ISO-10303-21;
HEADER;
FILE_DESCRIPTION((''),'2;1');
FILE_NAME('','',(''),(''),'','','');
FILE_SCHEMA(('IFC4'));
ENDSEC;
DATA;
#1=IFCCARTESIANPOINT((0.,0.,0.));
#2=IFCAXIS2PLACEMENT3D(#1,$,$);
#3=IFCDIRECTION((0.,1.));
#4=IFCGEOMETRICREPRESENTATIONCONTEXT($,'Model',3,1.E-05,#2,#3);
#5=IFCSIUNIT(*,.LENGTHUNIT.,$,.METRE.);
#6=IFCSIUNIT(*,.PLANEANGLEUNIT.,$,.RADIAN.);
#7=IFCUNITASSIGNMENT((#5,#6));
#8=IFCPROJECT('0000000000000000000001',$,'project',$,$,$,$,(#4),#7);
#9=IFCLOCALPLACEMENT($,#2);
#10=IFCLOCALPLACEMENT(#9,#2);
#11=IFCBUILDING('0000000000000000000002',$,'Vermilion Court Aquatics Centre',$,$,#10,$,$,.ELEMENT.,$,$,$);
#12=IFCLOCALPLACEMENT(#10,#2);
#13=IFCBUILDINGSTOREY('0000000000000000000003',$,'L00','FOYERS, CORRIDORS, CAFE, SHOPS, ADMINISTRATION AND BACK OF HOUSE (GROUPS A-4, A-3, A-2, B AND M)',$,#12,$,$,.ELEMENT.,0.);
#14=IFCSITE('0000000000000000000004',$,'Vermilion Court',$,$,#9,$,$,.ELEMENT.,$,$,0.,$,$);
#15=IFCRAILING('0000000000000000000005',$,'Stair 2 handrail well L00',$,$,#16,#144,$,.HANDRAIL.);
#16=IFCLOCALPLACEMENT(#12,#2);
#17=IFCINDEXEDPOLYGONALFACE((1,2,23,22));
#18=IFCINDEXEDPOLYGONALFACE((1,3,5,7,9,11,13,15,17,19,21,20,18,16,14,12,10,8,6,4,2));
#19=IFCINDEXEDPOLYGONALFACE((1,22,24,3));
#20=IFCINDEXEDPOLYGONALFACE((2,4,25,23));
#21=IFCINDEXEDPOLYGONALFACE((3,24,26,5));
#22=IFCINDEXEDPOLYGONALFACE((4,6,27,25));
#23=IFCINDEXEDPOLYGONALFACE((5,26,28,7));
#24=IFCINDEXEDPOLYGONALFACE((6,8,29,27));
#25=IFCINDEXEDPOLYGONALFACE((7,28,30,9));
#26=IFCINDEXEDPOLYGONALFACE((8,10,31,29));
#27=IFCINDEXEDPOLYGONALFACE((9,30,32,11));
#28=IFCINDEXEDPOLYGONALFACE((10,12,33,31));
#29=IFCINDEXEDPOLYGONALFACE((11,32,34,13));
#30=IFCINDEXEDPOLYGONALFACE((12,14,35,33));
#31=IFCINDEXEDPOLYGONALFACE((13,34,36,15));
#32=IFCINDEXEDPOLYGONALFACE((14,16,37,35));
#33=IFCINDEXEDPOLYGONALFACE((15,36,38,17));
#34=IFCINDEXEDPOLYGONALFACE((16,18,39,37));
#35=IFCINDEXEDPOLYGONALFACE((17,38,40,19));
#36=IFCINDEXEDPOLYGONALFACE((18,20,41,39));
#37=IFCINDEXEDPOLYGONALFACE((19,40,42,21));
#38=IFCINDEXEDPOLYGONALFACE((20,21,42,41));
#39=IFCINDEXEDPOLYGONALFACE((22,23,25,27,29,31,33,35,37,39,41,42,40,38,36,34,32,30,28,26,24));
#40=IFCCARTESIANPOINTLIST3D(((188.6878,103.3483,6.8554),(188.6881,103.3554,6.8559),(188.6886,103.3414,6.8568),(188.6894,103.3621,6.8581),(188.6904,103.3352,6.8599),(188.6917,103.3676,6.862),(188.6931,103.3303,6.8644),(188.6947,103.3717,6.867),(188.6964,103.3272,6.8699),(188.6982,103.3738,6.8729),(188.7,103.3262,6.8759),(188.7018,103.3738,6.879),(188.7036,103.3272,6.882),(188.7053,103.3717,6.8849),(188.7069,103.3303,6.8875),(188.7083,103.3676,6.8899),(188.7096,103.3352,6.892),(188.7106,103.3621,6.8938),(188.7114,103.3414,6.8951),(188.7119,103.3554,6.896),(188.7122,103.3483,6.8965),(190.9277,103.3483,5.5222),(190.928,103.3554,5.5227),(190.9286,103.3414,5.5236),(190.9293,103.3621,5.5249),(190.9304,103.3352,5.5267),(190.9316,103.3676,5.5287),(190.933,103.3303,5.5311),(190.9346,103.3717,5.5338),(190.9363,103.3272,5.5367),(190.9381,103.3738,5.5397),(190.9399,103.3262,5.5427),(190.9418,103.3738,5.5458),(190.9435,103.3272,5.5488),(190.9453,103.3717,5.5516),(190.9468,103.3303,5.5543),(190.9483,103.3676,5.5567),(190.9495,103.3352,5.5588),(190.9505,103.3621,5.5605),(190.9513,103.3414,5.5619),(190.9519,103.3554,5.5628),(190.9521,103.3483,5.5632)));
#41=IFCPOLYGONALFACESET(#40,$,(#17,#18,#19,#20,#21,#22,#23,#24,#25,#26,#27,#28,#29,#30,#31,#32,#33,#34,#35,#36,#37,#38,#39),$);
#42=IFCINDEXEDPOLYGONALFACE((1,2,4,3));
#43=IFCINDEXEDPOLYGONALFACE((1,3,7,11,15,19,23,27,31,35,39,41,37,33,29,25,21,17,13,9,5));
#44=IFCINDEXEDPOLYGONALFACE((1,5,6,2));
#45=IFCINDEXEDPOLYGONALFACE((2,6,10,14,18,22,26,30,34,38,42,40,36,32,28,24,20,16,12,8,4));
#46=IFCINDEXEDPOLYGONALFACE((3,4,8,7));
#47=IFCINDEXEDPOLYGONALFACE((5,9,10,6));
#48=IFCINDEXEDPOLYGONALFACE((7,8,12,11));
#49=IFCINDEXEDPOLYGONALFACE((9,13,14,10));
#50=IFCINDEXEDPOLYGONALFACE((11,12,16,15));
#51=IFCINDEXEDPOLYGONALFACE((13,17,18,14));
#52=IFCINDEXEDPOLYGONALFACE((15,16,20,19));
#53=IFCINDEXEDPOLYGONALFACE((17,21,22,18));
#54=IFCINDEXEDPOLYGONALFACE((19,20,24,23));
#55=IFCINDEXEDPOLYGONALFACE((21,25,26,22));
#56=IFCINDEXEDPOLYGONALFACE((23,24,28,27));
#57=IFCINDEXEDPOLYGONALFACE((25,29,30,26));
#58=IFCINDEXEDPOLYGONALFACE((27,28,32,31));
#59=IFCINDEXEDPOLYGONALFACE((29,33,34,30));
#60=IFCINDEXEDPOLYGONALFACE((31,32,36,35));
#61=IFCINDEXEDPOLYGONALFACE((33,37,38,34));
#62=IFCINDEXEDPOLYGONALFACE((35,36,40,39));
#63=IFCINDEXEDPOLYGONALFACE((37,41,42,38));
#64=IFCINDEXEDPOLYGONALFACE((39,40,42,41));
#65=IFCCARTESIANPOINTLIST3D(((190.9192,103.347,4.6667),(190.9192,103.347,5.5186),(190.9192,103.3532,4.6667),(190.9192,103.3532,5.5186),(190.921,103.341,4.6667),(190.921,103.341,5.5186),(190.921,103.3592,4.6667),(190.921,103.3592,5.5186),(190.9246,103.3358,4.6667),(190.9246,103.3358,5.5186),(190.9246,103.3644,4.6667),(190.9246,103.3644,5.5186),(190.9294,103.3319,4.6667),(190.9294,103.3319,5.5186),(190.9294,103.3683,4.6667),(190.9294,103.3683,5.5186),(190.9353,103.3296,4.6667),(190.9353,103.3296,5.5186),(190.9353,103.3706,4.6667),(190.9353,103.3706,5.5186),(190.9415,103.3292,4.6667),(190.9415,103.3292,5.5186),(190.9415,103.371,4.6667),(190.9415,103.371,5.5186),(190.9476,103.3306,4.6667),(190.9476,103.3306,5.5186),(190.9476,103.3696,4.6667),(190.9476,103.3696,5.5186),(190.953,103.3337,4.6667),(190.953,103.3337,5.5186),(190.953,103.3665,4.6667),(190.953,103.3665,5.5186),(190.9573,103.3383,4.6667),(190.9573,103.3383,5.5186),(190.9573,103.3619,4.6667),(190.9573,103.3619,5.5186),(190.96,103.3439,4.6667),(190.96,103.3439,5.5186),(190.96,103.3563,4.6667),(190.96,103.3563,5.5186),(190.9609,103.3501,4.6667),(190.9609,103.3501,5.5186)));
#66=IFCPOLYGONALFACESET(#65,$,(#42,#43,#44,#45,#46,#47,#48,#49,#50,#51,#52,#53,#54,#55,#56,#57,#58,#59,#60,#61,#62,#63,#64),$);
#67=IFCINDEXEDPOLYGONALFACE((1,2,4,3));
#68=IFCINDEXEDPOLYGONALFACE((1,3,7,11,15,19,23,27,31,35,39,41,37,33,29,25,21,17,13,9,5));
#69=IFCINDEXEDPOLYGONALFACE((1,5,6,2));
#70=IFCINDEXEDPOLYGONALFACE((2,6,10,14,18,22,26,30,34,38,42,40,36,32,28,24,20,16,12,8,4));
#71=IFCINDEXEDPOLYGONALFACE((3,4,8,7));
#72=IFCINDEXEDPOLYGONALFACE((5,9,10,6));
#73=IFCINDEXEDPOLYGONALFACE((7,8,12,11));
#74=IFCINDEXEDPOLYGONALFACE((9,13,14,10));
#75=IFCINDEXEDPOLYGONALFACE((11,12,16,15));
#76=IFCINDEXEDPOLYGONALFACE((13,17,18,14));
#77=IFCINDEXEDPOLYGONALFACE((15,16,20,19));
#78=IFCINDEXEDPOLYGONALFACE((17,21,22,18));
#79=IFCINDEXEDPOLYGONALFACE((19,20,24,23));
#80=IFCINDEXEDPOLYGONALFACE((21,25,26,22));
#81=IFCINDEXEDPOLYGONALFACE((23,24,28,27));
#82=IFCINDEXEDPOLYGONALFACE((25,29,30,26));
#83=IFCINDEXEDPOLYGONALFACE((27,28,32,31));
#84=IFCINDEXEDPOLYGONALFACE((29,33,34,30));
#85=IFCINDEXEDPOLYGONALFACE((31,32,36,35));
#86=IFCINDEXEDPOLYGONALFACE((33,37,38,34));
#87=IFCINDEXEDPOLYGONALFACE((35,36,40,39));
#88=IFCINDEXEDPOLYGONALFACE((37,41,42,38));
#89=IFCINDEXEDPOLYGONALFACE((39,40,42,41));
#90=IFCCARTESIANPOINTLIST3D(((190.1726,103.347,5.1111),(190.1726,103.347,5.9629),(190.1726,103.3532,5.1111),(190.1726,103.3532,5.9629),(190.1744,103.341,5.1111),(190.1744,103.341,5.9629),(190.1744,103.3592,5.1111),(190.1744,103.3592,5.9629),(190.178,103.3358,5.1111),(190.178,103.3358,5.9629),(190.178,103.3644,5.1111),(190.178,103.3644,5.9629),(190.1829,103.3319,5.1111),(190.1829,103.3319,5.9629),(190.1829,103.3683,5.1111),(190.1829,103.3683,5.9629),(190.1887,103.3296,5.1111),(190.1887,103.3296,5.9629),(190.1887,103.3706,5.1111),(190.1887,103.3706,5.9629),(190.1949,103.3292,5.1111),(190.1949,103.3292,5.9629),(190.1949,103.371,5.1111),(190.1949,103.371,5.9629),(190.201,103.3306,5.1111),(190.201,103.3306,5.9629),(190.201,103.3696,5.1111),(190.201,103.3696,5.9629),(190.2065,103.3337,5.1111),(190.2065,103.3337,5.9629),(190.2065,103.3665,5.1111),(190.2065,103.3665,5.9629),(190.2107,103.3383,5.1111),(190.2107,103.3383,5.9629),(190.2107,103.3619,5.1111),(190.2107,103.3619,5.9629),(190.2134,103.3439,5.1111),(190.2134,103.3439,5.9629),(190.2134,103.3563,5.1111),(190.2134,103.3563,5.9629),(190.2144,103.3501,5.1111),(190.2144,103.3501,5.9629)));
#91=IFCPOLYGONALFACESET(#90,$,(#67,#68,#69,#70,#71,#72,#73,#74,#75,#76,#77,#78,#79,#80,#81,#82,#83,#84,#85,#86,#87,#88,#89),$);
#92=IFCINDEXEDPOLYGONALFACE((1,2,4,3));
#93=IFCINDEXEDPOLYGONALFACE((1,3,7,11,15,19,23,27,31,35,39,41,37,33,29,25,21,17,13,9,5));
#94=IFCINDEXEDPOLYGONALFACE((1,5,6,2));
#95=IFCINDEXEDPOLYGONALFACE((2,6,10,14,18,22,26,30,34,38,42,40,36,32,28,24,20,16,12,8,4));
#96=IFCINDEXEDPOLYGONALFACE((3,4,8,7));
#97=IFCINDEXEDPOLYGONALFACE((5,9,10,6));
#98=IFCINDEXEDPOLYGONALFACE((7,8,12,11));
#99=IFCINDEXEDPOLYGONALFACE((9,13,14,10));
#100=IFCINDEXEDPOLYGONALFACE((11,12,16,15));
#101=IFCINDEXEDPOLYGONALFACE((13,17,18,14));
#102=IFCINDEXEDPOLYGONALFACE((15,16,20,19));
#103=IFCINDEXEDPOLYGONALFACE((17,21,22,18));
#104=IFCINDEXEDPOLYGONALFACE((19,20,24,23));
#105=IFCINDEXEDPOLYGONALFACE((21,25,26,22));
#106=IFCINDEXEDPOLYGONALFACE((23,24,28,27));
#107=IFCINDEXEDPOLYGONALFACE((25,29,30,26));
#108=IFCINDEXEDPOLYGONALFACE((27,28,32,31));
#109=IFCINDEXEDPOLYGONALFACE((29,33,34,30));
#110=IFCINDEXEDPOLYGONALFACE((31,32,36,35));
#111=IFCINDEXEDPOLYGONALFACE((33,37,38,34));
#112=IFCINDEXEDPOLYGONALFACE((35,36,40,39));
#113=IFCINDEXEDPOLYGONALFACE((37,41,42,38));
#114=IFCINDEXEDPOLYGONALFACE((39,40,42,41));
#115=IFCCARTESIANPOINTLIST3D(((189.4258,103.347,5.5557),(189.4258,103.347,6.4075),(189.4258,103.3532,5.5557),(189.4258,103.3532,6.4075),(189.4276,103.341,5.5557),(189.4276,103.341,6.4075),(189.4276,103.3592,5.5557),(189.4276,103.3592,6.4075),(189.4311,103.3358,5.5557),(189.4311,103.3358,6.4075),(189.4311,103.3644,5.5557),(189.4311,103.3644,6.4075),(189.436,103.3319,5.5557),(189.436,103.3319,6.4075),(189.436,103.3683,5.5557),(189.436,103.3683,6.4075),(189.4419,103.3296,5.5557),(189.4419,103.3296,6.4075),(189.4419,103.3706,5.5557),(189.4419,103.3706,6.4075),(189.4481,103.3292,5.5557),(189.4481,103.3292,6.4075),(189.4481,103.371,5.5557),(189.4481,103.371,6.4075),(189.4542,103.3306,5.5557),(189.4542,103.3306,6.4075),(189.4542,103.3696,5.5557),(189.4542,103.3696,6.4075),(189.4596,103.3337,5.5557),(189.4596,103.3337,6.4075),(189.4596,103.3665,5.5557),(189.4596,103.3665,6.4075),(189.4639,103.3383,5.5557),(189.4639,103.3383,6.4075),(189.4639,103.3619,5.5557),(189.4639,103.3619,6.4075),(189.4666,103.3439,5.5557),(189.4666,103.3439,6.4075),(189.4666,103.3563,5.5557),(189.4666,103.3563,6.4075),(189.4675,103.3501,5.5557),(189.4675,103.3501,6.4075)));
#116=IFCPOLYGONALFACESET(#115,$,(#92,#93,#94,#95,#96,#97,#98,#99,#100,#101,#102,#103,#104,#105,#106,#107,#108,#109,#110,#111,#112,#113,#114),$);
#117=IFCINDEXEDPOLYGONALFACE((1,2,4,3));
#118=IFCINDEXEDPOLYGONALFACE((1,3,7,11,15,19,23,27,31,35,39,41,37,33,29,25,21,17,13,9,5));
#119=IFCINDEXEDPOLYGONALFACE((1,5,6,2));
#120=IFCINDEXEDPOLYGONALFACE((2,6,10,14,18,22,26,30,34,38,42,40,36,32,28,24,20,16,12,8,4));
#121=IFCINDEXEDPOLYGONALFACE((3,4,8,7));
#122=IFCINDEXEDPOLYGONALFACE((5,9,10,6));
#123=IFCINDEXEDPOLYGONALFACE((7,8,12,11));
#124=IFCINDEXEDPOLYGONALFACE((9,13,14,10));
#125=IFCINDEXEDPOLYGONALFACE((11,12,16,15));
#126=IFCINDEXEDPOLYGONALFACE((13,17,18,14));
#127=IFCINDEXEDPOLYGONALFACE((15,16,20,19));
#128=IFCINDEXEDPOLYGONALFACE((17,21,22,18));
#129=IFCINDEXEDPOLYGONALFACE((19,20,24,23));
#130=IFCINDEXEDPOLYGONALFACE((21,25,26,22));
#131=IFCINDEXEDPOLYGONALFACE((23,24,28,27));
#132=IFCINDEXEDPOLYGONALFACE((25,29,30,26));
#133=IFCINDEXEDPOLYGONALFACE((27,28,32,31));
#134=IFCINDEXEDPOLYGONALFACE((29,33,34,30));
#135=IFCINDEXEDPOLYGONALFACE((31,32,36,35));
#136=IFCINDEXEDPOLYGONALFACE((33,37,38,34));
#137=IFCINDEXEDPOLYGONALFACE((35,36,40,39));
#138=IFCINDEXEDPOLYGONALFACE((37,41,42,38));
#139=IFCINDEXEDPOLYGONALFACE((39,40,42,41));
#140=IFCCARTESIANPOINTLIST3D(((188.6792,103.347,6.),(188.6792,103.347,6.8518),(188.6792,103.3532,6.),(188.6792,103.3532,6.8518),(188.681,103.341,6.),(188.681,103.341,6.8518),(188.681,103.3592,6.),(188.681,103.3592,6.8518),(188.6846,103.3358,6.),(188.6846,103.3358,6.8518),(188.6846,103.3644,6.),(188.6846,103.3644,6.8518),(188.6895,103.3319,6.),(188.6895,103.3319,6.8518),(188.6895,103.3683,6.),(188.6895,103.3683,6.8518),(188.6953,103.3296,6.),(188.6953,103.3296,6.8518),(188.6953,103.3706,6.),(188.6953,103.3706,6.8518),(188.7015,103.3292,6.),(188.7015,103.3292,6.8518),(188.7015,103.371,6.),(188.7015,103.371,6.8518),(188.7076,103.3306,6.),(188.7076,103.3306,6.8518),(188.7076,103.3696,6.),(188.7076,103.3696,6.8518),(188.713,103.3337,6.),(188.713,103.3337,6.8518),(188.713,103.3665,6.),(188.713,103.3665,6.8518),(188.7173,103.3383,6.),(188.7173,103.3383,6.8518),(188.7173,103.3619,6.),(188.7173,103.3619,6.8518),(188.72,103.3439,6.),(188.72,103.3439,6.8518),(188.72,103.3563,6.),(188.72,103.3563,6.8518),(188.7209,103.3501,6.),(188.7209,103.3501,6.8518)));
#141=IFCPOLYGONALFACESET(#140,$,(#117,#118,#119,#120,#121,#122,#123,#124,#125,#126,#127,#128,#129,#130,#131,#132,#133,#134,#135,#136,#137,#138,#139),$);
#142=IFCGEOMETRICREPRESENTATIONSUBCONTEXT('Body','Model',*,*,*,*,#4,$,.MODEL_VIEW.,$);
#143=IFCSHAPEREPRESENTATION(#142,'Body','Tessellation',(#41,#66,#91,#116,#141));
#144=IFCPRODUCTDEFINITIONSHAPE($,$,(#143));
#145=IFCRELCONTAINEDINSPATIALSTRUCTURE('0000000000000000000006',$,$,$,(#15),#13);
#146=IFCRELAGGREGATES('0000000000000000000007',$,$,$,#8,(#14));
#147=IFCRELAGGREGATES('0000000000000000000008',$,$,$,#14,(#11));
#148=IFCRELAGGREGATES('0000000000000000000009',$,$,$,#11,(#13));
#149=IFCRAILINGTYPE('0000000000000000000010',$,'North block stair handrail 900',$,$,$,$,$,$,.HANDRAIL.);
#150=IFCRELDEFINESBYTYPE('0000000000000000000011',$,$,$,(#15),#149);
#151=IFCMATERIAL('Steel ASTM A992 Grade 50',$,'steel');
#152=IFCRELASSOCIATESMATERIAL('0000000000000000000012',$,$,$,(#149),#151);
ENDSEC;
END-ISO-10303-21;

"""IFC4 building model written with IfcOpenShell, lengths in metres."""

from ifc_helpers import new_model, si_unit, direction, frame, origin, origin_2d, place, context, subcontext, project, spatial, circle, extrude, material, type_object, element, save


model = new_model("IFC4")

# Units and contexts
model_context = context("Model", 3, precision=1e-05, world=origin(), true_north=direction((0.0, 1.0)))
body_context = subcontext(model_context, "Body", "Model", "MODEL_VIEW")
ifc_project = project(units=[si_unit("LENGTHUNIT", "METRE"), si_unit("PLANEANGLEUNIT", "RADIAN")], contexts=[model_context])

# Site, building, storey
site_placement = place(None, origin())
site = spatial("IfcSite", under=ifc_project, at=site_placement, Name="Vermilion Court", CompositionType="ELEMENT", RefElevation=0.0)
building_placement = place(site_placement, origin())
building = spatial("IfcBuilding", under=site, at=building_placement, Name="Vermilion Court Aquatics Centre", CompositionType="ELEMENT")
storey_placement = place(building_placement, origin())
storey = spatial("IfcBuildingStorey", under=building, at=storey_placement, Name="L00", Description="FOYERS, CORRIDORS, CAFE, SHOPS, ADMINISTRATION AND BACK OF HOUSE (GROUPS A-4, A-3, A-2, B AND M)", CompositionType="ELEMENT", Elevation=0.0)

# Railing
ifc_material_1 = material(Name="Steel ASTM A992 Grade 50", Category="steel")
railing_type_1 = type_object("IfcRailingType", Name="North block stair handrail 900", PredefinedType="HANDRAIL", material=ifc_material_1)
for number, where, name in (
    (1, (190.9399, 103.3501, 4.6667), "Stair 2 handrail well L00"),
):
    element("IfcRailing", number, at=place(storey_placement, frame(where)), inside=storey, type_object=railing_type_1, Name=name, PredefinedType="HANDRAIL", context=body_context, shape_type="SweptSolid", body=[
        extrude(circle(Radius=0.0239, at=origin_2d()), frame((0.0, 0.0, 0.876), z_axis=(-0.859306, 0.0, 0.511462), x_axis=(0.0, -1.0, 0.0)), (0.0, 0.0, 1.0), 2.6067),
        extrude(circle(Radius=0.021, at=origin_2d()), origin(), (0.0, 0.0, 1.0), 0.8518),
        extrude(circle(Radius=0.021, at=origin_2d()), frame((-0.7466, 0.0, 0.4443)), (0.0, 0.0, 1.0), 0.8518),
        extrude(circle(Radius=0.021, at=origin_2d()), frame((-1.4934, 0.0, 0.8889)), (0.0, 0.0, 1.0), 0.8518),
        extrude(circle(Radius=0.021, at=origin_2d()), frame((-2.24, 0.0, 1.3333)), (0.0, 0.0, 1.0), 0.8518),
    ])

save(model, "model.ifc")
